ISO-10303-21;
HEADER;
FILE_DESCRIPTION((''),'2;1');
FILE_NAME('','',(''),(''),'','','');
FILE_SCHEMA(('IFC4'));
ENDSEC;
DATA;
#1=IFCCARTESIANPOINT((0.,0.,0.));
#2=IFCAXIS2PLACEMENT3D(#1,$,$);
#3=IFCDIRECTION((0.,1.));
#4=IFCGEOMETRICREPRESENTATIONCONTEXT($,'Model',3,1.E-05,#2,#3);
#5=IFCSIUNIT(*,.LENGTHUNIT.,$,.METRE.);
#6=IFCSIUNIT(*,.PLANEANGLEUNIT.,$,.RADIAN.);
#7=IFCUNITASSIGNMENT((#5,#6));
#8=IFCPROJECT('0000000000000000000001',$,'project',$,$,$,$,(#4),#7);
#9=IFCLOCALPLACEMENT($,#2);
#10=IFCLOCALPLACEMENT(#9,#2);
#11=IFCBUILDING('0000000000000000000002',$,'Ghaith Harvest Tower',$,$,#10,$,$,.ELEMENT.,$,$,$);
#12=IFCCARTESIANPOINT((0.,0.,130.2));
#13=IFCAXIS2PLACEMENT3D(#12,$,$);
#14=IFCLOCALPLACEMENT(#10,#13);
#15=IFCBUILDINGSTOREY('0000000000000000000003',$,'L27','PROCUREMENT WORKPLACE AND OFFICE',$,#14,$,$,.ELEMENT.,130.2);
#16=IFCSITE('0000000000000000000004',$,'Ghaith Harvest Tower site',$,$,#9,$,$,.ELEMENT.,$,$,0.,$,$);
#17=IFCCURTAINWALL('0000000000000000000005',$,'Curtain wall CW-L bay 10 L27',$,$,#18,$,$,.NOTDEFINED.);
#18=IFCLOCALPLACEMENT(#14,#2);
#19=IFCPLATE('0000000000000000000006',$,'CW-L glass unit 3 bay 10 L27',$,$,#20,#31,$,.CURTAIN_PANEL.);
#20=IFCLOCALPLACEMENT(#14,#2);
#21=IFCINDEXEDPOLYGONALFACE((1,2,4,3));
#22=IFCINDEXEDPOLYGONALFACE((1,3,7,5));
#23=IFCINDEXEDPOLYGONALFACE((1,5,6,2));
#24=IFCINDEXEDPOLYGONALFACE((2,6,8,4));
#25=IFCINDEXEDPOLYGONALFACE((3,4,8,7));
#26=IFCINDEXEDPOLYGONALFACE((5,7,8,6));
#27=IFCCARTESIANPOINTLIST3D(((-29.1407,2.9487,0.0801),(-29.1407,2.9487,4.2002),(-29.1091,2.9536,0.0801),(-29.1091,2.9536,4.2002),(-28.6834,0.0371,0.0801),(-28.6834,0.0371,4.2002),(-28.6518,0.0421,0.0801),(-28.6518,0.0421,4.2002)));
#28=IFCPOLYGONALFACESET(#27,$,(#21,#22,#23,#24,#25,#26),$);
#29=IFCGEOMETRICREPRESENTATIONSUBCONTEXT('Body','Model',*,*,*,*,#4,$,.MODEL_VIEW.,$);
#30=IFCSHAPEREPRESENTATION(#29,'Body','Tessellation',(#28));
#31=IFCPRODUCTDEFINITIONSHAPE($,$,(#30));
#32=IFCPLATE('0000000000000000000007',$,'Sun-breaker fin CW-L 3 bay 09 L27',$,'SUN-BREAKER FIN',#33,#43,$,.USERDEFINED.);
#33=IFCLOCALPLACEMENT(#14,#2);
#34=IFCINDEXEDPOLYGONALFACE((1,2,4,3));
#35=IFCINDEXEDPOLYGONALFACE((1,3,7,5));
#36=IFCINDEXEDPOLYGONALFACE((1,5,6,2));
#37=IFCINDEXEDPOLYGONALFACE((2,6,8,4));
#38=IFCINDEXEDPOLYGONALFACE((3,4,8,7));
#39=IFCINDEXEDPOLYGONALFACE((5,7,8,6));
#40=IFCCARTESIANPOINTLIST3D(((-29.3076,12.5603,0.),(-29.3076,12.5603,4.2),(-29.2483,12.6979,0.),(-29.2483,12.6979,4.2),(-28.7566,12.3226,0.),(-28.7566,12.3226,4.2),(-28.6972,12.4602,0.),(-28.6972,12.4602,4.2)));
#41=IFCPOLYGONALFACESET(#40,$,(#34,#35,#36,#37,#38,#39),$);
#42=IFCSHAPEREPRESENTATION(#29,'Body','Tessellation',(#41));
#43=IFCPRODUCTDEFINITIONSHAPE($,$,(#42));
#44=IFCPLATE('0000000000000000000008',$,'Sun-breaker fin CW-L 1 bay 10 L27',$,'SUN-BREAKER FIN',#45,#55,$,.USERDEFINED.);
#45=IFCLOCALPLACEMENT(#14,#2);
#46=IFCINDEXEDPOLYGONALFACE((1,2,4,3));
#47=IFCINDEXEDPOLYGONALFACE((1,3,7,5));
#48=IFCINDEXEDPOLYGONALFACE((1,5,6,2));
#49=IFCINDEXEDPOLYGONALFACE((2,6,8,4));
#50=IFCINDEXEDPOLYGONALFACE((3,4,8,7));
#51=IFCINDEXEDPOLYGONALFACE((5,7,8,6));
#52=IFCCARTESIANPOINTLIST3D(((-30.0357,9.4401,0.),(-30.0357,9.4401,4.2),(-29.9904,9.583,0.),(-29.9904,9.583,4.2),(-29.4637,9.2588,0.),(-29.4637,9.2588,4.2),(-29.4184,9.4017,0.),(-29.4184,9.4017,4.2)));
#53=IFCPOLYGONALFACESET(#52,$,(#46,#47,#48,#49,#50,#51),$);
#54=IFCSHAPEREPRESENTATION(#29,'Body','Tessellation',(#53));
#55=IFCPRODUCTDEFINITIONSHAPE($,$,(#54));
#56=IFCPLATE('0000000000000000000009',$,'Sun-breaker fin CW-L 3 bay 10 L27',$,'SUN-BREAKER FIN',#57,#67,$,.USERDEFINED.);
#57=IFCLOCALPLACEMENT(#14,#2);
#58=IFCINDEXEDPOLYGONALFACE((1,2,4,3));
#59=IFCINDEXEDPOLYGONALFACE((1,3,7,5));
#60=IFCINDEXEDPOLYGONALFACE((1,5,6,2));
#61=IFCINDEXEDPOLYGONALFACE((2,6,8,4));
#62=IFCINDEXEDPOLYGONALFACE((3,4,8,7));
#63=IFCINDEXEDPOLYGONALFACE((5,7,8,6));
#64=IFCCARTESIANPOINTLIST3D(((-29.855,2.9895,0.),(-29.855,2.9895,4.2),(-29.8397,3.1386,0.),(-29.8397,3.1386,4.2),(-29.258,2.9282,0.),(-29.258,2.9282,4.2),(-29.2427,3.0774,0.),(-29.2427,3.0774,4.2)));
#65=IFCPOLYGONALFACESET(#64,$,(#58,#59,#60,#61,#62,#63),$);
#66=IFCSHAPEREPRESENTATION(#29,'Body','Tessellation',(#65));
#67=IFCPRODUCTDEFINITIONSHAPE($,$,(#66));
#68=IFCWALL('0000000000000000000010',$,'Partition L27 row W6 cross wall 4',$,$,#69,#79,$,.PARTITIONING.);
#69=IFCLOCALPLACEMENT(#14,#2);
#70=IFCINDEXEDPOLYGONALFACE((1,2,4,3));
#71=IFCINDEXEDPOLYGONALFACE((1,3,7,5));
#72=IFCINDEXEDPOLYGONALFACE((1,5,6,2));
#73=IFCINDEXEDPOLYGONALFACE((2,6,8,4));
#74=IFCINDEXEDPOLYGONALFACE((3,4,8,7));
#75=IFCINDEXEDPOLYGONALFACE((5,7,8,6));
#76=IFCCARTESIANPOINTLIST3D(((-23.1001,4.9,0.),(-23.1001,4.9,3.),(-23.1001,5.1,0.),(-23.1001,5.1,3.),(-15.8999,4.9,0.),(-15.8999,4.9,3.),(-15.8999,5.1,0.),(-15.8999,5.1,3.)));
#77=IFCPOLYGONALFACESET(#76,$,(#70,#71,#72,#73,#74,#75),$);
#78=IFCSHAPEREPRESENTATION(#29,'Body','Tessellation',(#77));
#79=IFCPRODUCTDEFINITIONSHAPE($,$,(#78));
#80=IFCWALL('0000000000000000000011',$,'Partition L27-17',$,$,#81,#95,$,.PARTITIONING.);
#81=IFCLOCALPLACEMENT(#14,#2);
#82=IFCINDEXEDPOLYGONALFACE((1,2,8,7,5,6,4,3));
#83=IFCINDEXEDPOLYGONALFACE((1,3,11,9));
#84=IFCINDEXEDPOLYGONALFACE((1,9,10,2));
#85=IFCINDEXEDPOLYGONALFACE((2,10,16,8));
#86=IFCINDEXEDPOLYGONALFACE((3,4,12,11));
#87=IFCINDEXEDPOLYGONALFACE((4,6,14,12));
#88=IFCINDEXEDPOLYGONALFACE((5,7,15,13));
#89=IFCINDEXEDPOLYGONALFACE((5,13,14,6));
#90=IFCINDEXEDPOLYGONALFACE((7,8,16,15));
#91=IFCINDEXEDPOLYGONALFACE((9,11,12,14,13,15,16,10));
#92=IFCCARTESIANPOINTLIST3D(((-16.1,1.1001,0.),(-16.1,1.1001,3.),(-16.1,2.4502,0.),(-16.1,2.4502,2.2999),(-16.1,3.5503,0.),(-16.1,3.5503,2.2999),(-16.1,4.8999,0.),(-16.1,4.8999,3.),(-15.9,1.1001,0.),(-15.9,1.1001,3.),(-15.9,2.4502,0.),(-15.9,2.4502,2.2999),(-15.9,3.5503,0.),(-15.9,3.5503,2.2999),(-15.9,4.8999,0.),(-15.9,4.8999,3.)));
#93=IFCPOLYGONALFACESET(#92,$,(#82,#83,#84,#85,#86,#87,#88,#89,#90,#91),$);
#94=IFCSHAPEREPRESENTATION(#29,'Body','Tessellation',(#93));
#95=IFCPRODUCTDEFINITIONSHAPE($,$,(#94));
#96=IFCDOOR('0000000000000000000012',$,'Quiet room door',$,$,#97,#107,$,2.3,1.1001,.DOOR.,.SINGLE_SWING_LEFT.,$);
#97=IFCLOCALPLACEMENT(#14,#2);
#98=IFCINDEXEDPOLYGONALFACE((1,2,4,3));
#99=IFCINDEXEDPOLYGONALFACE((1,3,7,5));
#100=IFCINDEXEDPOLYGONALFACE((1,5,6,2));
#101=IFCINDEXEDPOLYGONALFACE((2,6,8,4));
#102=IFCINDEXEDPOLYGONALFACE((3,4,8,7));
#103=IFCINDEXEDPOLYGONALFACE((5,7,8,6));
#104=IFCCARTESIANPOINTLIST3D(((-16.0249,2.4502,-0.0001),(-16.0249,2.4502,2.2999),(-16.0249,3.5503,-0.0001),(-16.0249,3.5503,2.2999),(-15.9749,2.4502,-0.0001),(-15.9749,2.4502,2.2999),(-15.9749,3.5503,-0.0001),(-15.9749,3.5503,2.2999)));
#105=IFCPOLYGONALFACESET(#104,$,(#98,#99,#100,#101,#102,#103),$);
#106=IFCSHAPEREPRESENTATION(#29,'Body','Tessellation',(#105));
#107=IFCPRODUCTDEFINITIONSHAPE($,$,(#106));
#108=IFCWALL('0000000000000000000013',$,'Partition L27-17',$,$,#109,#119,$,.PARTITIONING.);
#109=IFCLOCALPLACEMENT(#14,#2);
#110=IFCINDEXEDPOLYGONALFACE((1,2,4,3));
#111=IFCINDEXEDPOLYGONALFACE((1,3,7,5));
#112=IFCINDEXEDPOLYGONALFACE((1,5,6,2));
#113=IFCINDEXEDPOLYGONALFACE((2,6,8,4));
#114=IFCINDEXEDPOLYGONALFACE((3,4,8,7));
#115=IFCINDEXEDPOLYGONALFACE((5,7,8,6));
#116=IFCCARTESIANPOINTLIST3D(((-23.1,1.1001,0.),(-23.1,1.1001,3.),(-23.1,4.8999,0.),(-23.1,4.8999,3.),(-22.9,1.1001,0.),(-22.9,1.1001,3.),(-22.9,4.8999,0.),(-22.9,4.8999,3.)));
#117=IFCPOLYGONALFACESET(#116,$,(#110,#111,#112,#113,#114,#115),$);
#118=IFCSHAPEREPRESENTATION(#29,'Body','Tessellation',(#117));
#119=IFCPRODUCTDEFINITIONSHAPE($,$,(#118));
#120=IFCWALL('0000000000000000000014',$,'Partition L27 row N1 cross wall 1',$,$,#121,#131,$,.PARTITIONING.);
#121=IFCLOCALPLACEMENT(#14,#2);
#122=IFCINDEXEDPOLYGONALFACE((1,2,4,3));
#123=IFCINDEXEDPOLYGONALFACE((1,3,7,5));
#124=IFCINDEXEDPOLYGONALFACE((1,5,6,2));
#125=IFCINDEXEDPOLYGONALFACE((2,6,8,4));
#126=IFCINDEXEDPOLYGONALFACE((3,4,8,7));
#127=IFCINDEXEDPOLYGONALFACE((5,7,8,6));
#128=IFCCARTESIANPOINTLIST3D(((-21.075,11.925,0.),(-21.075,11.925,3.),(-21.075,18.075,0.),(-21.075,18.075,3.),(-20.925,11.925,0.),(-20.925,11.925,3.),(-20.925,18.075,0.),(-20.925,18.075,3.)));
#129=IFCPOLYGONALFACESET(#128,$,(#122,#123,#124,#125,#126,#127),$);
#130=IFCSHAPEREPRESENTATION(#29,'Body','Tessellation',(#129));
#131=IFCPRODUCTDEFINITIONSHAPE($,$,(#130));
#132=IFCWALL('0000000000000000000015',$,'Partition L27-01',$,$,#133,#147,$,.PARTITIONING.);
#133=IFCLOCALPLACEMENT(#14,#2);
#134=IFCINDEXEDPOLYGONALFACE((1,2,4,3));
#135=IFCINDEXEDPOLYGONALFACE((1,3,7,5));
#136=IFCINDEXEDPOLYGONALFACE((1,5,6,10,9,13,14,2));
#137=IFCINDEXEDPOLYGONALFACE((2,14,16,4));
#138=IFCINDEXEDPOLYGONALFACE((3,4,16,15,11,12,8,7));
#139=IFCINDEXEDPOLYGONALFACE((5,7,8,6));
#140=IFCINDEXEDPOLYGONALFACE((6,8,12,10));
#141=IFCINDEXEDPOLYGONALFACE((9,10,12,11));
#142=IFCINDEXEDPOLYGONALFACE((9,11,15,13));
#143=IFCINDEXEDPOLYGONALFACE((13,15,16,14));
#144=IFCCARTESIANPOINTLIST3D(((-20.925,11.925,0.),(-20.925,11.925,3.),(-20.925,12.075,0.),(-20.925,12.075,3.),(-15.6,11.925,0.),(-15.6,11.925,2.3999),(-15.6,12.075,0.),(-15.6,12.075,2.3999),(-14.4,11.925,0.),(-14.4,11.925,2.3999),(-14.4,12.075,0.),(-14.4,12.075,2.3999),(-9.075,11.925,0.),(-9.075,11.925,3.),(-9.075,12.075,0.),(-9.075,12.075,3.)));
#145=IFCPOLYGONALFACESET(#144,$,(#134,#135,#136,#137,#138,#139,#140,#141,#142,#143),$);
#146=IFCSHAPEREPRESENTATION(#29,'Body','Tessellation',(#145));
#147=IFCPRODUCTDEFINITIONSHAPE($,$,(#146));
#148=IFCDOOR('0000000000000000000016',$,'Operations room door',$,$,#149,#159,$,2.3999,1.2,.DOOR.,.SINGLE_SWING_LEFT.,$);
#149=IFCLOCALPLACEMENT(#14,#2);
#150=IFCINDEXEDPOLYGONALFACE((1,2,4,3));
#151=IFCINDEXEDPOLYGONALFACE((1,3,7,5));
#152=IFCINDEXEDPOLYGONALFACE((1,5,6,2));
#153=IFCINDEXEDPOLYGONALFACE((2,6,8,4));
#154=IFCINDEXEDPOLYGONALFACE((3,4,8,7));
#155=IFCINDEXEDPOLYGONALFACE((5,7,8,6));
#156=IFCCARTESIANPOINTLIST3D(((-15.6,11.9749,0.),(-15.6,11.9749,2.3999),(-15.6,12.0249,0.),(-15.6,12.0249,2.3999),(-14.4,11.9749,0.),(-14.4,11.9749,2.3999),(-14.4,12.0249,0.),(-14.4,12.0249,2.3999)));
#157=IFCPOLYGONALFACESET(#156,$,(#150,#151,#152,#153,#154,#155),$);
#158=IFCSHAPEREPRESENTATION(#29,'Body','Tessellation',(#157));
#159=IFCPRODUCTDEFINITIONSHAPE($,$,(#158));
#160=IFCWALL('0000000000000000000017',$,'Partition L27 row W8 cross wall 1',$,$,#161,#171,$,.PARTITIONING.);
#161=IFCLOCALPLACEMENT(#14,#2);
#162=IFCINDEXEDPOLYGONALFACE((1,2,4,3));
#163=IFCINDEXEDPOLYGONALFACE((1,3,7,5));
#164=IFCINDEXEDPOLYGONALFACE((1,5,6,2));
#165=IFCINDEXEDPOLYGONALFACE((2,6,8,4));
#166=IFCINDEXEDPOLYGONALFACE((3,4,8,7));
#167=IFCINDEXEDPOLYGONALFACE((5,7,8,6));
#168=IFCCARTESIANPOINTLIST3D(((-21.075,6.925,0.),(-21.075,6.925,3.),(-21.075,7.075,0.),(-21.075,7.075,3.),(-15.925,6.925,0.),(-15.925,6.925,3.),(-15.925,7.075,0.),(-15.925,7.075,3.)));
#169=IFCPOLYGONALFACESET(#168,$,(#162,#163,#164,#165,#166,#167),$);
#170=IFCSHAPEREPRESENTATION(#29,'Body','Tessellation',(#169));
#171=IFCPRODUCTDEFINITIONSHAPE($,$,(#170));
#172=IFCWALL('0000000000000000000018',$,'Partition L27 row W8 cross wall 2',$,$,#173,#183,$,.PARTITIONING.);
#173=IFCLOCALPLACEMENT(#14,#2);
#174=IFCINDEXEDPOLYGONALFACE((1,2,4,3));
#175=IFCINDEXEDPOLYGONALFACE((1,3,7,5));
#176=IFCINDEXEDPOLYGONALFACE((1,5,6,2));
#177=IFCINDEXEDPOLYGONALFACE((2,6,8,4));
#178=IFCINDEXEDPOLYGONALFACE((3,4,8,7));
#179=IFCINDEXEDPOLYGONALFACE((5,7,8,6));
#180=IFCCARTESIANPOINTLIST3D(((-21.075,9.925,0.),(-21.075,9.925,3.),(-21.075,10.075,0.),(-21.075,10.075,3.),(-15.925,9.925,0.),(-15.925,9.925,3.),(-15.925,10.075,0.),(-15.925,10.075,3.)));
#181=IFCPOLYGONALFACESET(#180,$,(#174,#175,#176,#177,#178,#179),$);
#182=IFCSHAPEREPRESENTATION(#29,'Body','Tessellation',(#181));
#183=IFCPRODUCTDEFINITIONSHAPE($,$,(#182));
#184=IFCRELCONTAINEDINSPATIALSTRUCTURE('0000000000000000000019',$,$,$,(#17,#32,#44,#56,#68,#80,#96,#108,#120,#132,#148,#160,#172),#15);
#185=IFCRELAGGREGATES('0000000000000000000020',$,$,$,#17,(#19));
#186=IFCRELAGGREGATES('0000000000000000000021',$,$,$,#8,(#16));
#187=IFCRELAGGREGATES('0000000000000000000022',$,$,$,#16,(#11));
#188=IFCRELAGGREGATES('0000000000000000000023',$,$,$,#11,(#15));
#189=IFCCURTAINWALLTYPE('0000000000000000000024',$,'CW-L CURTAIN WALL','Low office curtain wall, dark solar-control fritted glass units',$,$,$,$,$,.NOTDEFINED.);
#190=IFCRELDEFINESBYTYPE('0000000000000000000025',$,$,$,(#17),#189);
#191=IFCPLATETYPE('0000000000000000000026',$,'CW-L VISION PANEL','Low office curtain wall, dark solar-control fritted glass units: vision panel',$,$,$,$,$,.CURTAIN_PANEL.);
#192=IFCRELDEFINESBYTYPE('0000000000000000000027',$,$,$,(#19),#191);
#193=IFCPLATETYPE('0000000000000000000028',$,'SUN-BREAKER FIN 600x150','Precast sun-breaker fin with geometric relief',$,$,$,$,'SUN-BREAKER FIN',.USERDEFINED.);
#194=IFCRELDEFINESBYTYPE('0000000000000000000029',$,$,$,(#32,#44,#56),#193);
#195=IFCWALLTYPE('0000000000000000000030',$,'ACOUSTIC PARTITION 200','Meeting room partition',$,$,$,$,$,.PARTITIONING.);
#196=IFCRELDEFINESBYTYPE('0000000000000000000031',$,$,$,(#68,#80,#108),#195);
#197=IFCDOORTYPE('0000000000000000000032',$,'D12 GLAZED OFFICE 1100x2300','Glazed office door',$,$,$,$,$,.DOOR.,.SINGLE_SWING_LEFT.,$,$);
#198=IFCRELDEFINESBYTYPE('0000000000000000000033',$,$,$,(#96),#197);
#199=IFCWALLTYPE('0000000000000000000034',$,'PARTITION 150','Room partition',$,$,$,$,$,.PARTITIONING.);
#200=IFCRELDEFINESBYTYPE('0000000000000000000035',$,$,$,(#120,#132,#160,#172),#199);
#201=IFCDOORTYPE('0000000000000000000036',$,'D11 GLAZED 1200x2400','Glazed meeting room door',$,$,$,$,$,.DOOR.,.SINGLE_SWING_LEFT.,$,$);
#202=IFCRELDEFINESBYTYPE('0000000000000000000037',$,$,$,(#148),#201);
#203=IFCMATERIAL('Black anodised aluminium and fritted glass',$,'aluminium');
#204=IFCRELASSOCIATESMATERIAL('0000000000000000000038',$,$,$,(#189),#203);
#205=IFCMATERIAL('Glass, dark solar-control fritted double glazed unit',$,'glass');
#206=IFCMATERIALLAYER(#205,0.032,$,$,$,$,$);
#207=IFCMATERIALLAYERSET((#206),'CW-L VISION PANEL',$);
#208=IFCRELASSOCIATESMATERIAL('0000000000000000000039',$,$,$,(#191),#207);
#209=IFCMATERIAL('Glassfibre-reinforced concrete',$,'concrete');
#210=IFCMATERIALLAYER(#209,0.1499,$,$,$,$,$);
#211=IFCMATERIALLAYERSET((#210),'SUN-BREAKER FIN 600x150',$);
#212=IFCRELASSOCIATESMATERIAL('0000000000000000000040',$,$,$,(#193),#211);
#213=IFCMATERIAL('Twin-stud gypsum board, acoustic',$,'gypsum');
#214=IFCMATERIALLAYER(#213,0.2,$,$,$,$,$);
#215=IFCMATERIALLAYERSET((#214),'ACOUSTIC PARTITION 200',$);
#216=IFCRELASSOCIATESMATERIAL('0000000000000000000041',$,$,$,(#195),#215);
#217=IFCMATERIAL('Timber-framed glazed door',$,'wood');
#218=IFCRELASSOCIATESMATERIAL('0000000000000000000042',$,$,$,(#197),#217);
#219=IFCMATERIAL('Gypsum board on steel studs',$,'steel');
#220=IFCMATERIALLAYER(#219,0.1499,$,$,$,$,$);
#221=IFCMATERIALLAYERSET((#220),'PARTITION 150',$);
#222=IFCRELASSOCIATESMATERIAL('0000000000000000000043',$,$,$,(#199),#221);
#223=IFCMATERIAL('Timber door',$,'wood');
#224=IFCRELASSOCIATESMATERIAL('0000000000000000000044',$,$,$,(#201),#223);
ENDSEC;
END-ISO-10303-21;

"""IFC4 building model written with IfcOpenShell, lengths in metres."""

from ifc_helpers import new_model, si_unit, direction, frame, frame_2d, origin, origin_2d, place, context, subcontext, project, spatial, rectangle, extrude, material, layer, layer_set, type_object, element, fill, aggregate, save


model = new_model("IFC4")

# Units and contexts
model_context = context("Model", 3, precision=1e-05, world=origin(), true_north=direction((0.0, 1.0)))
body_context = subcontext(model_context, "Body", "Model", "MODEL_VIEW")
ifc_project = project(units=[si_unit("LENGTHUNIT", "METRE"), si_unit("PLANEANGLEUNIT", "RADIAN")], contexts=[model_context])

# Site, building, storey
site_placement = place(None, origin())
site = spatial("IfcSite", under=ifc_project, at=site_placement, Name="Ghaith Harvest Tower site", CompositionType="ELEMENT", RefElevation=0.0)
building_placement = place(site_placement, origin())
building = spatial("IfcBuilding", under=site, at=building_placement, Name="Ghaith Harvest Tower", CompositionType="ELEMENT")
storey_placement = place(building_placement, frame((0.0, 0.0, 130.2)))
storey = spatial("IfcBuildingStorey", under=building, at=storey_placement, Name="L27", Description="PROCUREMENT WORKPLACE AND OFFICE", CompositionType="ELEMENT", Elevation=130.2)

# Shared definitions
ifc_material_1 = material(Name="Black anodised aluminium and fritted glass", Category="aluminium")
curtain_wall_type = type_object("IfcCurtainWallType", Name="CW-L CURTAIN WALL", Description="Low office curtain wall, dark solar-control fritted glass units", PredefinedType="NOTDEFINED", material=ifc_material_1)

# Curtain wall
curtain_wall_1_placement = place(storey_placement, origin())
curtain_wall_1 = element("IfcCurtainWall", 1, at=curtain_wall_1_placement, inside=storey, type_object=curtain_wall_type, Name="Curtain wall CW-L bay 10 L27", PredefinedType="NOTDEFINED")

# Plate
ifc_material_2 = material(Name="Glass, dark solar-control fritted double glazed unit", Category="glass")
ifc_layer_1 = layer(ifc_material_2, 0.032)
ifc_layer_set_1 = layer_set([ifc_layer_1], Name="CW-L VISION PANEL")
plate_type_1 = type_object("IfcPlateType", Name="CW-L VISION PANEL", Description="Low office curtain wall, dark solar-control fritted glass units: vision panel", PredefinedType="CURTAIN_PANEL", material=ifc_layer_set_1)
plate_1_placement = place(storey_placement, frame((-28.8962, 1.4954, 0.0801), z_axis=(0.0, 0.0, 1.0), x_axis=(0.155172, -0.987887, 0.0)))
plate_1 = element("IfcPlate", 2, at=plate_1_placement, type_object=plate_type_1, Name="CW-L glass unit 3 bay 10 L27", PredefinedType="CURTAIN_PANEL", context=body_context, shape_type="SweptSolid", body=[
    extrude(rectangle(XDim=2.9473, YDim=0.032, at=origin_2d()), origin(), (0.0, 0.0, 1.0), 4.1201),
])
aggregate(curtain_wall_1, [plate_1])

# Plates
ifc_material_3 = material(Name="Glassfibre-reinforced concrete", Category="concrete")
ifc_layer_2 = layer(ifc_material_3, 0.1499)
ifc_layer_set_2 = layer_set([ifc_layer_2], Name="SUN-BREAKER FIN 600x150")
plate_type_2 = type_object("IfcPlateType", Name="SUN-BREAKER FIN 600x150", Description="Precast sun-breaker fin with geometric relief", ElementType="SUN-BREAKER FIN", PredefinedType="USERDEFINED", material=ifc_layer_set_2)
for number, where, z_axis, x_axis, name in (
    (3, (-29.0024, 12.5103, 0.0), (0.0, 0.0, 1.0), (-0.918218, 0.396075, 0.0), "Sun-breaker fin CW-L 3 bay 09 L27"),
    (4, (-29.7271, 9.4209, 0.0), (0.0, 0.0, 1.0), (-0.953273, 0.30211, 0.0), "Sun-breaker fin CW-L 1 bay 10 L27"),
    (5, (-29.5488, 3.0334, 0.0), (0.0, 0.0, 1.0), (-0.994772, 0.102123, 0.0), "Sun-breaker fin CW-L 3 bay 10 L27"),
):
    element("IfcPlate", number, at=place(storey_placement, frame(where, z_axis=z_axis, x_axis=x_axis)), inside=storey, type_object=plate_type_2, Name=name, ObjectType="SUN-BREAKER FIN", PredefinedType="USERDEFINED", context=body_context, shape_type="SweptSolid", body=[
        extrude(rectangle(XDim=0.6001, YDim=0.1499, at=origin_2d()), origin(), (0.0, 0.0, 1.0), 4.2),
    ])

# Wall
ifc_material_4 = material(Name="Twin-stud gypsum board, acoustic", Category="gypsum")
ifc_layer_3 = layer(ifc_material_4, 0.2)
ifc_layer_set_3 = layer_set([ifc_layer_3], Name="ACOUSTIC PARTITION 200")
wall_type_1 = type_object("IfcWallType", Name="ACOUSTIC PARTITION 200", Description="Meeting room partition", PredefinedType="PARTITIONING", material=ifc_layer_set_3)
wall_1_placement = place(storey_placement, frame((-15.8999, 5.0, 0.0), z_axis=(0.0, 0.0, 1.0), x_axis=(-1.0, 0.0, 0.0)))
element("IfcWall", 6, at=wall_1_placement, inside=storey, type_object=wall_type_1, Name="Partition L27 row W6 cross wall 4", PredefinedType="PARTITIONING", context=body_context, shape_type="SweptSolid", body=[
    extrude(rectangle(XDim=7.2002, YDim=0.2, at=frame_2d((3.6001, 0.0))), origin(), (0.0, 0.0, 1.0), 3.0),
])

# Wall, opening, door
wall_2_placement = place(storey_placement, frame((-16.0, 1.1001, 0.0), z_axis=(0.0, 0.0, 1.0), x_axis=(0.0, 1.0, 0.0)))
wall_2 = element("IfcWall", 7, at=wall_2_placement, inside=storey, type_object=wall_type_1, Name="Partition L27-17", PredefinedType="PARTITIONING", context=body_context, shape_type="SweptSolid", body=[
    extrude(rectangle(XDim=3.7998, YDim=0.2, at=frame_2d((1.8999, 0.0))), origin(), (0.0, 0.0, 1.0), 3.0),
])
opening_1_placement = place(wall_2_placement, frame((1.3501, 0.0, 0.0)))
opening_1 = element("IfcOpeningElement", 8, at=opening_1_placement, cuts=wall_2, PredefinedType="OPENING", context=body_context, shape_type="SweptSolid", body=[
    extrude(rectangle(XDim=1.1001, YDim=2.3, at=frame_2d((0.55, 1.1499))), frame((0.0, 0.1099, 0.0), z_axis=(0.0, -1.0, 0.0), x_axis=(1.0, 0.0, 0.0)), (0.0, 0.0, 1.0), 0.22),
])
ifc_material_5 = material(Name="Timber-framed glazed door", Category="wood")
door_type_1 = type_object("IfcDoorType", Name="D12 GLAZED OFFICE 1100x2300", Description="Glazed office door", OperationType="SINGLE_SWING_LEFT", PredefinedType="DOOR", material=ifc_material_5)
door_1_placement = place(opening_1_placement, origin())
door_1 = element("IfcDoor", 9, at=door_1_placement, inside=storey, type_object=door_type_1, Name="Quiet room door", OperationType="SINGLE_SWING_LEFT", OverallHeight=2.3, OverallWidth=1.1001, PredefinedType="DOOR", context=body_context, shape_type="SweptSolid", body=[
    extrude(rectangle(XDim=1.1001, YDim=2.3, at=frame_2d((0.55, 1.1499))), frame((0.0, 0.0249, 0.0), z_axis=(0.0, -1.0, 0.0), x_axis=(1.0, 0.0, 0.0)), (0.0, 0.0, 1.0), 0.05),
])
fill(opening_1, door_1)

# Walls
wall_3_placement = place(storey_placement, frame((-23.0, 1.1001, 0.0), z_axis=(0.0, 0.0, 1.0), x_axis=(0.0, 1.0, 0.0)))
element("IfcWall", 10, at=wall_3_placement, inside=storey, type_object=wall_type_1, Name="Partition L27-17", PredefinedType="PARTITIONING", context=body_context, shape_type="SweptSolid", body=[
    extrude(rectangle(XDim=3.7998, YDim=0.2, at=frame_2d((1.8999, 0.0))), origin(), (0.0, 0.0, 1.0), 3.0),
])
ifc_material_6 = material(Name="Gypsum board on steel studs", Category="steel")
ifc_layer_4 = layer(ifc_material_6, 0.1499)
ifc_layer_set_4 = layer_set([ifc_layer_4], Name="PARTITION 150")
wall_type_2 = type_object("IfcWallType", Name="PARTITION 150", Description="Room partition", PredefinedType="PARTITIONING", material=ifc_layer_set_4)
wall_4_placement = place(storey_placement, frame((-21.0, 11.925, 0.0), z_axis=(0.0, 0.0, 1.0), x_axis=(0.0, 1.0, 0.0)))
element("IfcWall", 11, at=wall_4_placement, inside=storey, type_object=wall_type_2, Name="Partition L27 row N1 cross wall 1", PredefinedType="PARTITIONING", context=body_context, shape_type="SweptSolid", body=[
    extrude(rectangle(XDim=6.1499, YDim=0.1499, at=frame_2d((3.075, 0.0))), origin(), (0.0, 0.0, 1.0), 3.0),
])

# Wall, opening, door
wall_5_placement = place(storey_placement, frame((-20.925, 12.0, 0.0), z_axis=(0.0, 0.0, 1.0), x_axis=(1.0, 0.0, 0.0)))
wall_5 = element("IfcWall", 12, at=wall_5_placement, inside=storey, type_object=wall_type_2, Name="Partition L27-01", PredefinedType="PARTITIONING", context=body_context, shape_type="SweptSolid", body=[
    extrude(rectangle(XDim=11.8501, YDim=0.1499, at=frame_2d((5.925, 0.0))), origin(), (0.0, 0.0, 1.0), 3.0),
])
opening_2_placement = place(wall_5_placement, frame((5.325, 0.0, 0.0)))
opening_2 = element("IfcOpeningElement", 13, at=opening_2_placement, cuts=wall_5, PredefinedType="OPENING", context=body_context, shape_type="SweptSolid", body=[
    extrude(rectangle(XDim=1.2, YDim=2.3999, at=frame_2d((0.6001, 1.2))), frame((0.0, 0.085, 0.0), z_axis=(0.0, -1.0, 0.0), x_axis=(1.0, 0.0, 0.0)), (0.0, 0.0, 1.0), 0.1699),
])
ifc_material_7 = material(Name="Timber door", Category="wood")
door_type_2 = type_object("IfcDoorType", Name="D11 GLAZED 1200x2400", Description="Glazed meeting room door", OperationType="SINGLE_SWING_LEFT", PredefinedType="DOOR", material=ifc_material_7)
door_2_placement = place(opening_2_placement, origin())
door_2 = element("IfcDoor", 14, at=door_2_placement, inside=storey, type_object=door_type_2, Name="Operations room door", OperationType="SINGLE_SWING_LEFT", OverallHeight=2.3999, OverallWidth=1.2, PredefinedType="DOOR", context=body_context, shape_type="SweptSolid", body=[
    extrude(rectangle(XDim=1.2, YDim=2.3999, at=frame_2d((0.6001, 1.2))), frame((0.0, 0.0249, 0.0), z_axis=(0.0, -1.0, 0.0), x_axis=(1.0, 0.0, 0.0)), (0.0, 0.0, 1.0), 0.05),
])
fill(opening_2, door_2)

# Walls
for number, where, z_axis, x_axis, name in (
    (15, (-15.925, 7.0, 0.0), (0.0, 0.0, 1.0), (-1.0, 0.0, 0.0), "Partition L27 row W8 cross wall 1"),
    (16, (-15.925, 10.0, 0.0), (0.0, 0.0, 1.0), (-1.0, 0.0, 0.0), "Partition L27 row W8 cross wall 2"),
):
    element("IfcWall", number, at=place(storey_placement, frame(where, z_axis=z_axis, x_axis=x_axis)), inside=storey, type_object=wall_type_2, Name=name, PredefinedType="PARTITIONING", context=body_context, shape_type="SweptSolid", body=[
        extrude(rectangle(XDim=5.1499, YDim=0.1499, at=frame_2d((2.575, 0.0))), origin(), (0.0, 0.0, 1.0), 3.0),
    ])

save(model, "model.ifc")
